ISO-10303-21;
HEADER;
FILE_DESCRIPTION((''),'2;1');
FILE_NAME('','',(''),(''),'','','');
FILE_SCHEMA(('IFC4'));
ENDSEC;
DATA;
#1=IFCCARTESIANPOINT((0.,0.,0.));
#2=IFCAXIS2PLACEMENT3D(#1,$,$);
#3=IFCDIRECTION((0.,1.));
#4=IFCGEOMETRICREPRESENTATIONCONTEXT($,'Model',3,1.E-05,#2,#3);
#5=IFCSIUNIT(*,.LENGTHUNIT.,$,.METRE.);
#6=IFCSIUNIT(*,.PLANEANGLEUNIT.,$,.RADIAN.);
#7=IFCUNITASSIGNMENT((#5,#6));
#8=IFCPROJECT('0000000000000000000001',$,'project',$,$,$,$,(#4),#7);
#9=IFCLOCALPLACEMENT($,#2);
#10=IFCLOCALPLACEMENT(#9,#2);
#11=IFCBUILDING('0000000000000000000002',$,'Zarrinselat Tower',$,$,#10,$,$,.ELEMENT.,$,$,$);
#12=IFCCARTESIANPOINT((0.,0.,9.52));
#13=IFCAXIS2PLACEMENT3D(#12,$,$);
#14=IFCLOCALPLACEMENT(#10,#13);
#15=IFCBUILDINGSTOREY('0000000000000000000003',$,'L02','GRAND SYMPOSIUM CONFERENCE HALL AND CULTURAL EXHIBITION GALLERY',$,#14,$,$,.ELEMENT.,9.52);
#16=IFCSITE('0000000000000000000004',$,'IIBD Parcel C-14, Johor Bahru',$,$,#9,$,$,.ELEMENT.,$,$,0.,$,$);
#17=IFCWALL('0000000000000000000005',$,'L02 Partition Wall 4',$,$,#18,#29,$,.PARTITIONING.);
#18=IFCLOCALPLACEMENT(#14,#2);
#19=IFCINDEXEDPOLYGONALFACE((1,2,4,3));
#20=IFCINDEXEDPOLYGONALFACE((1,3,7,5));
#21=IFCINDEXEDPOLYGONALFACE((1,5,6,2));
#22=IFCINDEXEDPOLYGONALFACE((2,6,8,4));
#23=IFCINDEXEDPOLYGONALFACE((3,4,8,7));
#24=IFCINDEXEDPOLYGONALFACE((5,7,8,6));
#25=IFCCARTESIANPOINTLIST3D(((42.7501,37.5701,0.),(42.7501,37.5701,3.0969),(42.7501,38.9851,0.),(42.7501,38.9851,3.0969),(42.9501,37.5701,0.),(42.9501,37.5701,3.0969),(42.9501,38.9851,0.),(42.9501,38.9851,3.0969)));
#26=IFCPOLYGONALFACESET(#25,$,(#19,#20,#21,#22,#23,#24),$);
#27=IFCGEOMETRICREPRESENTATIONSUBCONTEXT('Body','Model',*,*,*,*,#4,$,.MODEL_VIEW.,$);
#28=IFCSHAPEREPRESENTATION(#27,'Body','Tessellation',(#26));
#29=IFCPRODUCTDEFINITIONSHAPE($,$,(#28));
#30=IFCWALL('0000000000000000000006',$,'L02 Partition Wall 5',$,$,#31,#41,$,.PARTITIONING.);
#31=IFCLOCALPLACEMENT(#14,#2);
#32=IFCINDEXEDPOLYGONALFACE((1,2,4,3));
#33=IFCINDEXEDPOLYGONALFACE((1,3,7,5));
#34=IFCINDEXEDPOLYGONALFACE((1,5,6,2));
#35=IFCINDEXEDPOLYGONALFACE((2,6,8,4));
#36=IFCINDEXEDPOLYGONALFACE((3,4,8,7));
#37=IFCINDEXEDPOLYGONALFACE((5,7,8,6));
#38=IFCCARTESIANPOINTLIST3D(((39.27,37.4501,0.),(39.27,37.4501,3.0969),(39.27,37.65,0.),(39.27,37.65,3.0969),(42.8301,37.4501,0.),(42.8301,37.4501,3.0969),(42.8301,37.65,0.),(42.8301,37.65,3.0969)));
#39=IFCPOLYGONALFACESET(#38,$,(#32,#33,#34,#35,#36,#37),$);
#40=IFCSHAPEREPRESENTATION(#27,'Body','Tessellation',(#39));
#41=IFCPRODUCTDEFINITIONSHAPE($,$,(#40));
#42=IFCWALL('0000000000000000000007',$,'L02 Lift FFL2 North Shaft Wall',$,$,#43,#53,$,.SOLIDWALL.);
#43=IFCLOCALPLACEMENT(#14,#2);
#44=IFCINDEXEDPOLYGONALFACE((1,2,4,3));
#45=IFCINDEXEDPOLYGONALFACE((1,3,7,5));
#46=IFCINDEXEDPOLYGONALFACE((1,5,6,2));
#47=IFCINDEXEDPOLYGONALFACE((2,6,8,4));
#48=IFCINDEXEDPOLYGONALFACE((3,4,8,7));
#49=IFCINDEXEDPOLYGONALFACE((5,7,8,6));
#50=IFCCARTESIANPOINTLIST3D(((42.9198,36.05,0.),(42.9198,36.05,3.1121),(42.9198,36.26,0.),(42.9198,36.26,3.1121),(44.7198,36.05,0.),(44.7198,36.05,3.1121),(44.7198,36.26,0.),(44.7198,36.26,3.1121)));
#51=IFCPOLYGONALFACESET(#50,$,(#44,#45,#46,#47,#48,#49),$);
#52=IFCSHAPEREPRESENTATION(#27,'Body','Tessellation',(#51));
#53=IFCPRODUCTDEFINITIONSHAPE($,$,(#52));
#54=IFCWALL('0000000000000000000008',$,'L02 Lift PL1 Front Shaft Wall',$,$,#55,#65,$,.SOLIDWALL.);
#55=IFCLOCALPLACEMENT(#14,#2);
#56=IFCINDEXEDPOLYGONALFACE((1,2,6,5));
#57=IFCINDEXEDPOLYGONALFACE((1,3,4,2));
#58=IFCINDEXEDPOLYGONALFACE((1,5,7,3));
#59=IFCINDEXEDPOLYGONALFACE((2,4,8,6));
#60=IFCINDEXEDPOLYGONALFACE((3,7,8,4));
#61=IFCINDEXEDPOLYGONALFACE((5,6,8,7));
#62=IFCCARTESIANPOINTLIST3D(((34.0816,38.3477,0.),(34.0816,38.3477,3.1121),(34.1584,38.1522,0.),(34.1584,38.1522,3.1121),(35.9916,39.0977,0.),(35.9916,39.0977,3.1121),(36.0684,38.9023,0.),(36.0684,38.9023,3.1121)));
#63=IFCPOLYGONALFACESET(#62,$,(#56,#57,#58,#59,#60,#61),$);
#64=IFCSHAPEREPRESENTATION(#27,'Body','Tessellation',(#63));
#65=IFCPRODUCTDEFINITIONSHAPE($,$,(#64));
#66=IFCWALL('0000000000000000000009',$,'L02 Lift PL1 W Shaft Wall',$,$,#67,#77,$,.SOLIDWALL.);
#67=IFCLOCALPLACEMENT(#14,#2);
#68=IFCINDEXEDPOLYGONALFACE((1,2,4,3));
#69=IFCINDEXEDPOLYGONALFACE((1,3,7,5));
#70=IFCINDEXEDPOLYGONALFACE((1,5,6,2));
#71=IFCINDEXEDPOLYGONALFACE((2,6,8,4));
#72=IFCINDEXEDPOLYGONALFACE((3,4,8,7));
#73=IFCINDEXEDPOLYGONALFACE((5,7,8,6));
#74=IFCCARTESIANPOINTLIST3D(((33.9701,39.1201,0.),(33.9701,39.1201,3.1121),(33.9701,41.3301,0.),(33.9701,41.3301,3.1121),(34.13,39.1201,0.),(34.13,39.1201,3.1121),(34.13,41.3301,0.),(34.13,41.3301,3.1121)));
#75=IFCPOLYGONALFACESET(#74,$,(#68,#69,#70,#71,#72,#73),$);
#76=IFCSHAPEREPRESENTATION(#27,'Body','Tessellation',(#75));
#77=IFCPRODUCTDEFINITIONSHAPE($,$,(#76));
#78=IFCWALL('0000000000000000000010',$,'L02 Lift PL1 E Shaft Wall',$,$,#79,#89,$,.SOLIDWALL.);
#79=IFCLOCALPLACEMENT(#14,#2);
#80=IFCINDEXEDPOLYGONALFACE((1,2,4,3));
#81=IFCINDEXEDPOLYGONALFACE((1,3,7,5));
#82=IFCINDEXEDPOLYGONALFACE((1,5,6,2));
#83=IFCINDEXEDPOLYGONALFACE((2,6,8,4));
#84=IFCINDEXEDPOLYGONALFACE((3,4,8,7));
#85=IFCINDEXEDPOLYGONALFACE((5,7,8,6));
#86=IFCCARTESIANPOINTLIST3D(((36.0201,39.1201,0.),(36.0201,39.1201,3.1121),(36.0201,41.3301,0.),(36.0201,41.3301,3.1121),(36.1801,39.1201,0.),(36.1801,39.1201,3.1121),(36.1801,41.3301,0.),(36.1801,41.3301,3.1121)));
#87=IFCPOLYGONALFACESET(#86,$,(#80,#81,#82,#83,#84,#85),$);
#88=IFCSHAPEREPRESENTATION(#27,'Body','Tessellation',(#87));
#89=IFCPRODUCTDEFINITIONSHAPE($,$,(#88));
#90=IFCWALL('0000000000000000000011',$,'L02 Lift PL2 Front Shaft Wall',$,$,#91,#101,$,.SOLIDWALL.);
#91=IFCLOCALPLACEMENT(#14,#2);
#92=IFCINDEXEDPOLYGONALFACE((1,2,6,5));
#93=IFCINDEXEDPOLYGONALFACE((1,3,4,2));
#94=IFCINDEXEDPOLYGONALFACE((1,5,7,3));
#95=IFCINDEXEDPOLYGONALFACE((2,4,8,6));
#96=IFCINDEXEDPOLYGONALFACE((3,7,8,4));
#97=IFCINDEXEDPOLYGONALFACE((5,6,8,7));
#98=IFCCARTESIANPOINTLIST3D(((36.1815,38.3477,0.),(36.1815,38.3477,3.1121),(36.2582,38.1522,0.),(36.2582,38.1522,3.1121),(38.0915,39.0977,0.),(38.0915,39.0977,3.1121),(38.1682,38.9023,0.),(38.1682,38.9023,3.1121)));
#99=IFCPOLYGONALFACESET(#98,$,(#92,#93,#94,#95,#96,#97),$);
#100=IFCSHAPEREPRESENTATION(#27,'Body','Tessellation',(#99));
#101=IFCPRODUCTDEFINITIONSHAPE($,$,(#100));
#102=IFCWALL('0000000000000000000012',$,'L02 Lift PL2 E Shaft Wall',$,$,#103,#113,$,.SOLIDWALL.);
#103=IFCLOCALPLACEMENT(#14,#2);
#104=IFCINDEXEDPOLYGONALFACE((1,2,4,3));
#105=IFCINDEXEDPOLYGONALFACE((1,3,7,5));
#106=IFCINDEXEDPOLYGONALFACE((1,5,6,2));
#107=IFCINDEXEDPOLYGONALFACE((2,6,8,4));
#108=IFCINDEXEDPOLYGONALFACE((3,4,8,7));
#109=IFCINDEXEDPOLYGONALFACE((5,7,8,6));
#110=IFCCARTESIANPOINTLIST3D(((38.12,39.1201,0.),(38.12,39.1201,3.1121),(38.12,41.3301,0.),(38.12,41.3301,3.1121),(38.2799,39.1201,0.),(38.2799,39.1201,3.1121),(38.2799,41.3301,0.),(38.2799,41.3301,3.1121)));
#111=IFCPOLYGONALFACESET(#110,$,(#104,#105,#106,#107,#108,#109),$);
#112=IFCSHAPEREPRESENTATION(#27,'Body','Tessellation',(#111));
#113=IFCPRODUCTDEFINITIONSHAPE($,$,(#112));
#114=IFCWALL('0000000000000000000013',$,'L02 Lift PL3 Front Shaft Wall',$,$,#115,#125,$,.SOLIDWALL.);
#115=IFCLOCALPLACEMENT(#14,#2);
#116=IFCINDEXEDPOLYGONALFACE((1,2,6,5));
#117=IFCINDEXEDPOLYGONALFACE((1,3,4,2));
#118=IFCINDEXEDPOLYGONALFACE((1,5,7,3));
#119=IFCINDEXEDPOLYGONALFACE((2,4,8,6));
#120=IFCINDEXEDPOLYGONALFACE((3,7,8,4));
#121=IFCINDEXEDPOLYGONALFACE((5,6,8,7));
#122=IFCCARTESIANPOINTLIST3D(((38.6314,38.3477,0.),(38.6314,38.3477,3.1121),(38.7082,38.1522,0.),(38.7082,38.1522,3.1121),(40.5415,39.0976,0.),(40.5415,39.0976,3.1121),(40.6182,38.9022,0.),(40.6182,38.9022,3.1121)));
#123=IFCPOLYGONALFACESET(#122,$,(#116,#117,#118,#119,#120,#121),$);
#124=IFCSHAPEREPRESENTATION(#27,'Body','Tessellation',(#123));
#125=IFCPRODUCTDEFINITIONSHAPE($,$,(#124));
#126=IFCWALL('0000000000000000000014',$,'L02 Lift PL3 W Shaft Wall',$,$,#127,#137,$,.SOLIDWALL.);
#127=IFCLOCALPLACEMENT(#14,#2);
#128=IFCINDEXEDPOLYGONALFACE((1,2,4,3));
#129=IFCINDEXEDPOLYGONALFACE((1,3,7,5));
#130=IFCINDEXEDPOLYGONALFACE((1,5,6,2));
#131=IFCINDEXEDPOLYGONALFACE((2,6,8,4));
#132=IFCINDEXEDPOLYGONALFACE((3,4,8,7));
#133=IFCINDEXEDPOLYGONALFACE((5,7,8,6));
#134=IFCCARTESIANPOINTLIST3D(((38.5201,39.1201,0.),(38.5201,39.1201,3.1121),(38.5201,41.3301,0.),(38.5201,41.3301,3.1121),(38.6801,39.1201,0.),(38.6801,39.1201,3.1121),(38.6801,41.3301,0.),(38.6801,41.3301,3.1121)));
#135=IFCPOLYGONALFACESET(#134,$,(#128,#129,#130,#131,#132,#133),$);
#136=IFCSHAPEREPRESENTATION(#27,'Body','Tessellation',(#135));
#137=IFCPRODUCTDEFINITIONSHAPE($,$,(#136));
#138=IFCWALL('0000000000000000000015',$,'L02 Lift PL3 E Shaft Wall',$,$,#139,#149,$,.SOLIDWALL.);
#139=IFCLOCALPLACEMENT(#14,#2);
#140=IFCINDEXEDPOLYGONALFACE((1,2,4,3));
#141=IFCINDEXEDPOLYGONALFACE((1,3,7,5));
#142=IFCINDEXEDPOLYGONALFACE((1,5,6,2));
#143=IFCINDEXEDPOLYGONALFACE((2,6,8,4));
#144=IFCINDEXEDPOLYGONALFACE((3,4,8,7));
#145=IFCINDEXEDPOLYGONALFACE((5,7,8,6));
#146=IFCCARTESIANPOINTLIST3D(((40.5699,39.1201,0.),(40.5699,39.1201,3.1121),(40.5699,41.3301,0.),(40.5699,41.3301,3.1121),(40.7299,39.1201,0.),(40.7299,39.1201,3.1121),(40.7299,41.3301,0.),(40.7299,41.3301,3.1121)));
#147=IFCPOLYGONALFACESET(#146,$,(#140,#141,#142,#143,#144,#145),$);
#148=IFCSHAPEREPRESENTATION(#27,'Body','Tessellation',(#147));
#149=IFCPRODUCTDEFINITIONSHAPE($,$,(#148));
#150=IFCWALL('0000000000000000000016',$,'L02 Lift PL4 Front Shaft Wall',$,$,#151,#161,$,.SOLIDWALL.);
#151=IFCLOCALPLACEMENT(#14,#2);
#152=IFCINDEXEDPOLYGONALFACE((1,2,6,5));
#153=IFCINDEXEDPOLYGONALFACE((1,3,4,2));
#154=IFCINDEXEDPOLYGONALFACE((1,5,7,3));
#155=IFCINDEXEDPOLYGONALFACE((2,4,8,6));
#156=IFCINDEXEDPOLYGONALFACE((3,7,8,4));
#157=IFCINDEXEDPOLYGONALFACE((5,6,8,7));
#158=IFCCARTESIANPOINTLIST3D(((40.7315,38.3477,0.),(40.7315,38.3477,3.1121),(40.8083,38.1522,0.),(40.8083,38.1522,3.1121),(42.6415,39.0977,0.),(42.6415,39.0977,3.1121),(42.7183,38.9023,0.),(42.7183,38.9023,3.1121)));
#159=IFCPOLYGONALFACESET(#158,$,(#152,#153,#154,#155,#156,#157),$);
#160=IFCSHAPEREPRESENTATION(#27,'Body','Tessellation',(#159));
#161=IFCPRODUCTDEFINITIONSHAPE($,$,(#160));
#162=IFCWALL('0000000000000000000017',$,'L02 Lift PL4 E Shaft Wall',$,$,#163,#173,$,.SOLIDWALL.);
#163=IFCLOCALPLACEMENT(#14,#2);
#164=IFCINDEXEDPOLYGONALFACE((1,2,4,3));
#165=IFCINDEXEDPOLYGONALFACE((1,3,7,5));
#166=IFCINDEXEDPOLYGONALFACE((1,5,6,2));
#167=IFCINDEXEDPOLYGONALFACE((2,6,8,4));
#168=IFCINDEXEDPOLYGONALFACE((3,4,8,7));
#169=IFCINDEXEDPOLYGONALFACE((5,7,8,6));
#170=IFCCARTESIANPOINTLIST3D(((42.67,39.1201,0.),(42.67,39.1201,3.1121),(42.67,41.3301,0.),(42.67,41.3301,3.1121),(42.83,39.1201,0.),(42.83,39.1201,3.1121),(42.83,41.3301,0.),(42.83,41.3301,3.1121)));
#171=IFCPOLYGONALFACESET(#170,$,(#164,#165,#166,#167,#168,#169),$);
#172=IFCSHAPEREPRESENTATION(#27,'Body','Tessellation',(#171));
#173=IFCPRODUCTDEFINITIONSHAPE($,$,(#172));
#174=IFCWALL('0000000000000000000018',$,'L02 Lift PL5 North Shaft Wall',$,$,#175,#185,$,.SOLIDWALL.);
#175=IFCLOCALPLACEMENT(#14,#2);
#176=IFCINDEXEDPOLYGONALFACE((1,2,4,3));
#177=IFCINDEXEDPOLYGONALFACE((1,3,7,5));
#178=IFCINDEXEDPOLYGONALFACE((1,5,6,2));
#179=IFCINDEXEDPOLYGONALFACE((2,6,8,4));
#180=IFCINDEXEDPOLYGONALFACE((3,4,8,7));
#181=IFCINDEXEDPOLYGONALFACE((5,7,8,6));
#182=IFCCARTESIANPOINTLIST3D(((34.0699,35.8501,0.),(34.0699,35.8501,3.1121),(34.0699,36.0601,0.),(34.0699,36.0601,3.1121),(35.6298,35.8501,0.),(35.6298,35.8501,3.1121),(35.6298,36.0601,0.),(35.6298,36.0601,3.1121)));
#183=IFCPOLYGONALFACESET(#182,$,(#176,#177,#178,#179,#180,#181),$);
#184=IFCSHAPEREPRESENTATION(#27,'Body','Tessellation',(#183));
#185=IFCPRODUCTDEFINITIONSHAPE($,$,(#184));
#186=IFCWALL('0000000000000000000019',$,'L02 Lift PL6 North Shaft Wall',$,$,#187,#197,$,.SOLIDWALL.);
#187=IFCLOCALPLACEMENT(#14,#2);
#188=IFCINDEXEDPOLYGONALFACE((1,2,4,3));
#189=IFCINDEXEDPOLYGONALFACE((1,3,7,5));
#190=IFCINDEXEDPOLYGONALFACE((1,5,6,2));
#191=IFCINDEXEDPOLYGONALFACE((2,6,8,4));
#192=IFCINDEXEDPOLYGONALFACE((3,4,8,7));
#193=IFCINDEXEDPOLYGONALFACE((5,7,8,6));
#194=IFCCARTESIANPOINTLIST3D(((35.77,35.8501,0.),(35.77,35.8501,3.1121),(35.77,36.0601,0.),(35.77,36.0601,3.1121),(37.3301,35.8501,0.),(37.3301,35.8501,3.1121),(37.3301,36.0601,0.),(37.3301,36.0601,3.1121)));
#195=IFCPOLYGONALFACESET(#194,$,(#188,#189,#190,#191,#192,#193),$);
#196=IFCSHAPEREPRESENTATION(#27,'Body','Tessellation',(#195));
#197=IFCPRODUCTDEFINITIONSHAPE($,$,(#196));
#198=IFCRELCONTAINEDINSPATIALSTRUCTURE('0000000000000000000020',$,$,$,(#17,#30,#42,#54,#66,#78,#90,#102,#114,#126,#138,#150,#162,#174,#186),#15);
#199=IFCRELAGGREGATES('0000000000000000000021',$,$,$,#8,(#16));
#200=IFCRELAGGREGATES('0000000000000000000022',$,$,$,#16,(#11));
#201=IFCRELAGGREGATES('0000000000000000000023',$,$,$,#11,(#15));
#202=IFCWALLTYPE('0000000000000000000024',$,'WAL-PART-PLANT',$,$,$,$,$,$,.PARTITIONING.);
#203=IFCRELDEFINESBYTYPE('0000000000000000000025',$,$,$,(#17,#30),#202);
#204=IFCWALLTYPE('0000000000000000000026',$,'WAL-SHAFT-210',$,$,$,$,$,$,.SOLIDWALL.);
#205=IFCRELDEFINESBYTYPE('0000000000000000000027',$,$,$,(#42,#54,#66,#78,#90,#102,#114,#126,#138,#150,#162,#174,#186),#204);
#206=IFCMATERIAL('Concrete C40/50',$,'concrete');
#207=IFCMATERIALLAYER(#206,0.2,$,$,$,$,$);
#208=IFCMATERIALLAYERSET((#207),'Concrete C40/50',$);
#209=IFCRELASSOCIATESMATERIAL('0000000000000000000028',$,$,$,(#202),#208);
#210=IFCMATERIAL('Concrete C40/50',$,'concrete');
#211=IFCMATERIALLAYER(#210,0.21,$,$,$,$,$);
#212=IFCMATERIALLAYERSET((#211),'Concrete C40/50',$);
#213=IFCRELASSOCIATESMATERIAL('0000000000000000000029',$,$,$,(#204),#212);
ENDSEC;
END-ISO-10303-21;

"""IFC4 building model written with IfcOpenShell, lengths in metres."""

from ifc_helpers import new_model, si_unit, direction, frame, frame_2d, origin, place, context, subcontext, project, spatial, rectangle, extrude, material, layer, layer_set, type_object, element, save


model = new_model("IFC4")

# Units and contexts
model_context = context("Model", 3, precision=1e-05, world=origin(), true_north=direction((0.0, 1.0)))
body_context = subcontext(model_context, "Body", "Model", "MODEL_VIEW")
ifc_project = project(units=[si_unit("LENGTHUNIT", "METRE"), si_unit("PLANEANGLEUNIT", "RADIAN")], contexts=[model_context])

# Site, building, storey
site_placement = place(None, origin())
site = spatial("IfcSite", under=ifc_project, at=site_placement, Name="IIBD Parcel C-14, Johor Bahru", CompositionType="ELEMENT", RefElevation=0.0)
building_placement = place(site_placement, origin())
building = spatial("IfcBuilding", under=site, at=building_placement, Name="Zarrinselat Tower", CompositionType="ELEMENT")
storey_placement = place(building_placement, frame((0.0, 0.0, 9.52)))
storey = spatial("IfcBuildingStorey", under=building, at=storey_placement, Name="L02", Description="GRAND SYMPOSIUM CONFERENCE HALL AND CULTURAL EXHIBITION GALLERY", CompositionType="ELEMENT", Elevation=9.52)

# Walls
ifc_material_1 = material(Name="Concrete C40/50", Category="concrete")
ifc_layer_1 = layer(ifc_material_1, 0.2)
ifc_layer_set_1 = layer_set([ifc_layer_1], Name="Concrete C40/50")
wall_type_1 = type_object("IfcWallType", Name="WAL-PART-PLANT", PredefinedType="PARTITIONING", material=ifc_layer_set_1)
wall_1_placement = place(storey_placement, frame((42.8501, 37.5701, 0.0), z_axis=(0.0, 0.0, 1.0), x_axis=(0.0, 1.0, 0.0)))
element("IfcWall", 1, at=wall_1_placement, inside=storey, type_object=wall_type_1, Name="L02 Partition Wall 4", PredefinedType="PARTITIONING", context=body_context, shape_type="SweptSolid", body=[
    extrude(rectangle(XDim=1.415, YDim=0.2, at=frame_2d((0.7075, 0.0))), origin(), (0.0, 0.0, 1.0), 3.0969),
])
wall_2_placement = place(storey_placement, frame((39.27, 37.55, 0.0), z_axis=(0.0, 0.0, 1.0), x_axis=(1.0, 0.0, 0.0)))
element("IfcWall", 2, at=wall_2_placement, inside=storey, type_object=wall_type_1, Name="L02 Partition Wall 5", PredefinedType="PARTITIONING", context=body_context, shape_type="SweptSolid", body=[
    extrude(rectangle(XDim=3.5601, YDim=0.2, at=frame_2d((1.78, 0.0))), origin(), (0.0, 0.0, 1.0), 3.0969),
])
ifc_material_2 = material(Name="Concrete C40/50", Category="concrete")
ifc_layer_2 = layer(ifc_material_2, 0.21)
ifc_layer_set_2 = layer_set([ifc_layer_2], Name="Concrete C40/50")
wall_type_2 = type_object("IfcWallType", Name="WAL-SHAFT-210", PredefinedType="SOLIDWALL", material=ifc_layer_set_2)
wall_3_placement = place(storey_placement, frame((42.9199, 36.155, 0.0), z_axis=(0.0, 0.0, 1.0), x_axis=(1.0, 0.0, 0.0)))
element("IfcWall", 3, at=wall_3_placement, inside=storey, type_object=wall_type_2, Name="L02 Lift FFL2 North Shaft Wall", PredefinedType="SOLIDWALL", context=body_context, shape_type="SweptSolid", body=[
    extrude(rectangle(XDim=1.8, YDim=0.21, at=frame_2d((0.8999, 0.0))), origin(), (0.0, 0.0, 1.0), 3.1121),
])
wall_4_placement = place(storey_placement, frame((34.1201, 38.25, 0.0), z_axis=(0.0, 0.0, 1.0), x_axis=(0.930805, 0.365516, 0.0)))
element("IfcWall", 4, at=wall_4_placement, inside=storey, type_object=wall_type_2, Name="L02 Lift PL1 Front Shaft Wall", PredefinedType="SOLIDWALL", context=body_context, shape_type="SweptSolid", body=[
    extrude(rectangle(XDim=2.052, YDim=0.21, at=frame_2d((1.0259, 0.0))), origin(), (0.0, 0.0, 1.0), 3.1121),
])
for number, where, z_axis, x_axis, name in (
    (5, (34.05, 39.1201, 0.0), (0.0, 0.0, 1.0), (0.0, 1.0, 0.0), "L02 Lift PL1 W Shaft Wall"),
    (6, (36.1001, 39.1201, 0.0), (0.0, 0.0, 1.0), (0.0, 1.0, 0.0), "L02 Lift PL1 E Shaft Wall"),
):
    element("IfcWall", number, at=place(storey_placement, frame(where, z_axis=z_axis, x_axis=x_axis)), inside=storey, type_object=wall_type_2, Name=name, PredefinedType="SOLIDWALL", context=body_context, shape_type="SweptSolid", body=[
        extrude(rectangle(XDim=2.21, YDim=0.1599, at=frame_2d((1.105, 0.0))), origin(), (0.0, 0.0, 1.0), 3.1121),
    ])
wall_5_placement = place(storey_placement, frame((36.22, 38.25, 0.0), z_axis=(0.0, 0.0, 1.0), x_axis=(0.930805, 0.365516, 0.0)))
element("IfcWall", 7, at=wall_5_placement, inside=storey, type_object=wall_type_2, Name="L02 Lift PL2 Front Shaft Wall", PredefinedType="SOLIDWALL", context=body_context, shape_type="SweptSolid", body=[
    extrude(rectangle(XDim=2.052, YDim=0.21, at=frame_2d((1.0259, 0.0))), origin(), (0.0, 0.0, 1.0), 3.1121),
])
wall_6_placement = place(storey_placement, frame((38.2, 39.1201, 0.0), z_axis=(0.0, 0.0, 1.0), x_axis=(0.0, 1.0, 0.0)))
element("IfcWall", 8, at=wall_6_placement, inside=storey, type_object=wall_type_2, Name="L02 Lift PL2 E Shaft Wall", PredefinedType="SOLIDWALL", context=body_context, shape_type="SweptSolid", body=[
    extrude(rectangle(XDim=2.21, YDim=0.1599, at=frame_2d((1.105, 0.0))), origin(), (0.0, 0.0, 1.0), 3.1121),
])
wall_7_placement = place(storey_placement, frame((38.6699, 38.25, 0.0), z_axis=(0.0, 0.0, 1.0), x_axis=(0.930821, 0.365476, 0.0)))
element("IfcWall", 9, at=wall_7_placement, inside=storey, type_object=wall_type_2, Name="L02 Lift PL3 Front Shaft Wall", PredefinedType="SOLIDWALL", context=body_context, shape_type="SweptSolid", body=[
    extrude(rectangle(XDim=2.052, YDim=0.21, at=frame_2d((1.0259, 0.0))), origin(), (0.0, 0.0, 1.0), 3.1121),
])
for number, where, z_axis, x_axis, name in (
    (10, (38.6001, 39.1201, 0.0), (0.0, 0.0, 1.0), (0.0, 1.0, 0.0), "L02 Lift PL3 W Shaft Wall"),
    (11, (40.6499, 39.1201, 0.0), (0.0, 0.0, 1.0), (0.0, 1.0, 0.0), "L02 Lift PL3 E Shaft Wall"),
):
    element("IfcWall", number, at=place(storey_placement, frame(where, z_axis=z_axis, x_axis=x_axis)), inside=storey, type_object=wall_type_2, Name=name, PredefinedType="SOLIDWALL", context=body_context, shape_type="SweptSolid", body=[
        extrude(rectangle(XDim=2.21, YDim=0.1599, at=frame_2d((1.105, 0.0))), origin(), (0.0, 0.0, 1.0), 3.1121),
    ])
wall_8_placement = place(storey_placement, frame((40.77, 38.25, 0.0), z_axis=(0.0, 0.0, 1.0), x_axis=(0.930805, 0.365516, 0.0)))
element("IfcWall", 12, at=wall_8_placement, inside=storey, type_object=wall_type_2, Name="L02 Lift PL4 Front Shaft Wall", PredefinedType="SOLIDWALL", context=body_context, shape_type="SweptSolid", body=[
    extrude(rectangle(XDim=2.052, YDim=0.21, at=frame_2d((1.0259, 0.0))), origin(), (0.0, 0.0, 1.0), 3.1121),
])
wall_9_placement = place(storey_placement, frame((42.75, 39.1201, 0.0), z_axis=(0.0, 0.0, 1.0), x_axis=(0.0, 1.0, 0.0)))
element("IfcWall", 13, at=wall_9_placement, inside=storey, type_object=wall_type_2, Name="L02 Lift PL4 E Shaft Wall", PredefinedType="SOLIDWALL", context=body_context, shape_type="SweptSolid", body=[
    extrude(rectangle(XDim=2.21, YDim=0.1599, at=frame_2d((1.105, 0.0))), origin(), (0.0, 0.0, 1.0), 3.1121),
])
wall_10_placement = place(storey_placement, frame((34.0701, 35.9551, 0.0), z_axis=(0.0, 0.0, 1.0), x_axis=(1.0, 0.0, 0.0)))
element("IfcWall", 14, at=wall_10_placement, inside=storey, type_object=wall_type_2, Name="L02 Lift PL5 North Shaft Wall", PredefinedType="SOLIDWALL", context=body_context, shape_type="SweptSolid", body=[
    extrude(rectangle(XDim=1.5598, YDim=0.21, at=frame_2d((0.7798, 0.0))), origin(), (0.0, 0.0, 1.0), 3.1121),
])
for number, where, z_axis, x_axis, name in (
    (15, (35.77, 35.9551, 0.0), (0.0, 0.0, 1.0), (1.0, 0.0, 0.0), "L02 Lift PL6 North Shaft Wall"),
):
    element("IfcWall", number, at=place(storey_placement, frame(where, z_axis=z_axis, x_axis=x_axis)), inside=storey, type_object=wall_type_2, Name=name, PredefinedType="SOLIDWALL", context=body_context, shape_type="SweptSolid", body=[
        extrude(rectangle(XDim=1.5601, YDim=0.21, at=frame_2d((0.78, 0.0))), origin(), (0.0, 0.0, 1.0), 3.1121),
    ])

save(model, "model.ifc")
